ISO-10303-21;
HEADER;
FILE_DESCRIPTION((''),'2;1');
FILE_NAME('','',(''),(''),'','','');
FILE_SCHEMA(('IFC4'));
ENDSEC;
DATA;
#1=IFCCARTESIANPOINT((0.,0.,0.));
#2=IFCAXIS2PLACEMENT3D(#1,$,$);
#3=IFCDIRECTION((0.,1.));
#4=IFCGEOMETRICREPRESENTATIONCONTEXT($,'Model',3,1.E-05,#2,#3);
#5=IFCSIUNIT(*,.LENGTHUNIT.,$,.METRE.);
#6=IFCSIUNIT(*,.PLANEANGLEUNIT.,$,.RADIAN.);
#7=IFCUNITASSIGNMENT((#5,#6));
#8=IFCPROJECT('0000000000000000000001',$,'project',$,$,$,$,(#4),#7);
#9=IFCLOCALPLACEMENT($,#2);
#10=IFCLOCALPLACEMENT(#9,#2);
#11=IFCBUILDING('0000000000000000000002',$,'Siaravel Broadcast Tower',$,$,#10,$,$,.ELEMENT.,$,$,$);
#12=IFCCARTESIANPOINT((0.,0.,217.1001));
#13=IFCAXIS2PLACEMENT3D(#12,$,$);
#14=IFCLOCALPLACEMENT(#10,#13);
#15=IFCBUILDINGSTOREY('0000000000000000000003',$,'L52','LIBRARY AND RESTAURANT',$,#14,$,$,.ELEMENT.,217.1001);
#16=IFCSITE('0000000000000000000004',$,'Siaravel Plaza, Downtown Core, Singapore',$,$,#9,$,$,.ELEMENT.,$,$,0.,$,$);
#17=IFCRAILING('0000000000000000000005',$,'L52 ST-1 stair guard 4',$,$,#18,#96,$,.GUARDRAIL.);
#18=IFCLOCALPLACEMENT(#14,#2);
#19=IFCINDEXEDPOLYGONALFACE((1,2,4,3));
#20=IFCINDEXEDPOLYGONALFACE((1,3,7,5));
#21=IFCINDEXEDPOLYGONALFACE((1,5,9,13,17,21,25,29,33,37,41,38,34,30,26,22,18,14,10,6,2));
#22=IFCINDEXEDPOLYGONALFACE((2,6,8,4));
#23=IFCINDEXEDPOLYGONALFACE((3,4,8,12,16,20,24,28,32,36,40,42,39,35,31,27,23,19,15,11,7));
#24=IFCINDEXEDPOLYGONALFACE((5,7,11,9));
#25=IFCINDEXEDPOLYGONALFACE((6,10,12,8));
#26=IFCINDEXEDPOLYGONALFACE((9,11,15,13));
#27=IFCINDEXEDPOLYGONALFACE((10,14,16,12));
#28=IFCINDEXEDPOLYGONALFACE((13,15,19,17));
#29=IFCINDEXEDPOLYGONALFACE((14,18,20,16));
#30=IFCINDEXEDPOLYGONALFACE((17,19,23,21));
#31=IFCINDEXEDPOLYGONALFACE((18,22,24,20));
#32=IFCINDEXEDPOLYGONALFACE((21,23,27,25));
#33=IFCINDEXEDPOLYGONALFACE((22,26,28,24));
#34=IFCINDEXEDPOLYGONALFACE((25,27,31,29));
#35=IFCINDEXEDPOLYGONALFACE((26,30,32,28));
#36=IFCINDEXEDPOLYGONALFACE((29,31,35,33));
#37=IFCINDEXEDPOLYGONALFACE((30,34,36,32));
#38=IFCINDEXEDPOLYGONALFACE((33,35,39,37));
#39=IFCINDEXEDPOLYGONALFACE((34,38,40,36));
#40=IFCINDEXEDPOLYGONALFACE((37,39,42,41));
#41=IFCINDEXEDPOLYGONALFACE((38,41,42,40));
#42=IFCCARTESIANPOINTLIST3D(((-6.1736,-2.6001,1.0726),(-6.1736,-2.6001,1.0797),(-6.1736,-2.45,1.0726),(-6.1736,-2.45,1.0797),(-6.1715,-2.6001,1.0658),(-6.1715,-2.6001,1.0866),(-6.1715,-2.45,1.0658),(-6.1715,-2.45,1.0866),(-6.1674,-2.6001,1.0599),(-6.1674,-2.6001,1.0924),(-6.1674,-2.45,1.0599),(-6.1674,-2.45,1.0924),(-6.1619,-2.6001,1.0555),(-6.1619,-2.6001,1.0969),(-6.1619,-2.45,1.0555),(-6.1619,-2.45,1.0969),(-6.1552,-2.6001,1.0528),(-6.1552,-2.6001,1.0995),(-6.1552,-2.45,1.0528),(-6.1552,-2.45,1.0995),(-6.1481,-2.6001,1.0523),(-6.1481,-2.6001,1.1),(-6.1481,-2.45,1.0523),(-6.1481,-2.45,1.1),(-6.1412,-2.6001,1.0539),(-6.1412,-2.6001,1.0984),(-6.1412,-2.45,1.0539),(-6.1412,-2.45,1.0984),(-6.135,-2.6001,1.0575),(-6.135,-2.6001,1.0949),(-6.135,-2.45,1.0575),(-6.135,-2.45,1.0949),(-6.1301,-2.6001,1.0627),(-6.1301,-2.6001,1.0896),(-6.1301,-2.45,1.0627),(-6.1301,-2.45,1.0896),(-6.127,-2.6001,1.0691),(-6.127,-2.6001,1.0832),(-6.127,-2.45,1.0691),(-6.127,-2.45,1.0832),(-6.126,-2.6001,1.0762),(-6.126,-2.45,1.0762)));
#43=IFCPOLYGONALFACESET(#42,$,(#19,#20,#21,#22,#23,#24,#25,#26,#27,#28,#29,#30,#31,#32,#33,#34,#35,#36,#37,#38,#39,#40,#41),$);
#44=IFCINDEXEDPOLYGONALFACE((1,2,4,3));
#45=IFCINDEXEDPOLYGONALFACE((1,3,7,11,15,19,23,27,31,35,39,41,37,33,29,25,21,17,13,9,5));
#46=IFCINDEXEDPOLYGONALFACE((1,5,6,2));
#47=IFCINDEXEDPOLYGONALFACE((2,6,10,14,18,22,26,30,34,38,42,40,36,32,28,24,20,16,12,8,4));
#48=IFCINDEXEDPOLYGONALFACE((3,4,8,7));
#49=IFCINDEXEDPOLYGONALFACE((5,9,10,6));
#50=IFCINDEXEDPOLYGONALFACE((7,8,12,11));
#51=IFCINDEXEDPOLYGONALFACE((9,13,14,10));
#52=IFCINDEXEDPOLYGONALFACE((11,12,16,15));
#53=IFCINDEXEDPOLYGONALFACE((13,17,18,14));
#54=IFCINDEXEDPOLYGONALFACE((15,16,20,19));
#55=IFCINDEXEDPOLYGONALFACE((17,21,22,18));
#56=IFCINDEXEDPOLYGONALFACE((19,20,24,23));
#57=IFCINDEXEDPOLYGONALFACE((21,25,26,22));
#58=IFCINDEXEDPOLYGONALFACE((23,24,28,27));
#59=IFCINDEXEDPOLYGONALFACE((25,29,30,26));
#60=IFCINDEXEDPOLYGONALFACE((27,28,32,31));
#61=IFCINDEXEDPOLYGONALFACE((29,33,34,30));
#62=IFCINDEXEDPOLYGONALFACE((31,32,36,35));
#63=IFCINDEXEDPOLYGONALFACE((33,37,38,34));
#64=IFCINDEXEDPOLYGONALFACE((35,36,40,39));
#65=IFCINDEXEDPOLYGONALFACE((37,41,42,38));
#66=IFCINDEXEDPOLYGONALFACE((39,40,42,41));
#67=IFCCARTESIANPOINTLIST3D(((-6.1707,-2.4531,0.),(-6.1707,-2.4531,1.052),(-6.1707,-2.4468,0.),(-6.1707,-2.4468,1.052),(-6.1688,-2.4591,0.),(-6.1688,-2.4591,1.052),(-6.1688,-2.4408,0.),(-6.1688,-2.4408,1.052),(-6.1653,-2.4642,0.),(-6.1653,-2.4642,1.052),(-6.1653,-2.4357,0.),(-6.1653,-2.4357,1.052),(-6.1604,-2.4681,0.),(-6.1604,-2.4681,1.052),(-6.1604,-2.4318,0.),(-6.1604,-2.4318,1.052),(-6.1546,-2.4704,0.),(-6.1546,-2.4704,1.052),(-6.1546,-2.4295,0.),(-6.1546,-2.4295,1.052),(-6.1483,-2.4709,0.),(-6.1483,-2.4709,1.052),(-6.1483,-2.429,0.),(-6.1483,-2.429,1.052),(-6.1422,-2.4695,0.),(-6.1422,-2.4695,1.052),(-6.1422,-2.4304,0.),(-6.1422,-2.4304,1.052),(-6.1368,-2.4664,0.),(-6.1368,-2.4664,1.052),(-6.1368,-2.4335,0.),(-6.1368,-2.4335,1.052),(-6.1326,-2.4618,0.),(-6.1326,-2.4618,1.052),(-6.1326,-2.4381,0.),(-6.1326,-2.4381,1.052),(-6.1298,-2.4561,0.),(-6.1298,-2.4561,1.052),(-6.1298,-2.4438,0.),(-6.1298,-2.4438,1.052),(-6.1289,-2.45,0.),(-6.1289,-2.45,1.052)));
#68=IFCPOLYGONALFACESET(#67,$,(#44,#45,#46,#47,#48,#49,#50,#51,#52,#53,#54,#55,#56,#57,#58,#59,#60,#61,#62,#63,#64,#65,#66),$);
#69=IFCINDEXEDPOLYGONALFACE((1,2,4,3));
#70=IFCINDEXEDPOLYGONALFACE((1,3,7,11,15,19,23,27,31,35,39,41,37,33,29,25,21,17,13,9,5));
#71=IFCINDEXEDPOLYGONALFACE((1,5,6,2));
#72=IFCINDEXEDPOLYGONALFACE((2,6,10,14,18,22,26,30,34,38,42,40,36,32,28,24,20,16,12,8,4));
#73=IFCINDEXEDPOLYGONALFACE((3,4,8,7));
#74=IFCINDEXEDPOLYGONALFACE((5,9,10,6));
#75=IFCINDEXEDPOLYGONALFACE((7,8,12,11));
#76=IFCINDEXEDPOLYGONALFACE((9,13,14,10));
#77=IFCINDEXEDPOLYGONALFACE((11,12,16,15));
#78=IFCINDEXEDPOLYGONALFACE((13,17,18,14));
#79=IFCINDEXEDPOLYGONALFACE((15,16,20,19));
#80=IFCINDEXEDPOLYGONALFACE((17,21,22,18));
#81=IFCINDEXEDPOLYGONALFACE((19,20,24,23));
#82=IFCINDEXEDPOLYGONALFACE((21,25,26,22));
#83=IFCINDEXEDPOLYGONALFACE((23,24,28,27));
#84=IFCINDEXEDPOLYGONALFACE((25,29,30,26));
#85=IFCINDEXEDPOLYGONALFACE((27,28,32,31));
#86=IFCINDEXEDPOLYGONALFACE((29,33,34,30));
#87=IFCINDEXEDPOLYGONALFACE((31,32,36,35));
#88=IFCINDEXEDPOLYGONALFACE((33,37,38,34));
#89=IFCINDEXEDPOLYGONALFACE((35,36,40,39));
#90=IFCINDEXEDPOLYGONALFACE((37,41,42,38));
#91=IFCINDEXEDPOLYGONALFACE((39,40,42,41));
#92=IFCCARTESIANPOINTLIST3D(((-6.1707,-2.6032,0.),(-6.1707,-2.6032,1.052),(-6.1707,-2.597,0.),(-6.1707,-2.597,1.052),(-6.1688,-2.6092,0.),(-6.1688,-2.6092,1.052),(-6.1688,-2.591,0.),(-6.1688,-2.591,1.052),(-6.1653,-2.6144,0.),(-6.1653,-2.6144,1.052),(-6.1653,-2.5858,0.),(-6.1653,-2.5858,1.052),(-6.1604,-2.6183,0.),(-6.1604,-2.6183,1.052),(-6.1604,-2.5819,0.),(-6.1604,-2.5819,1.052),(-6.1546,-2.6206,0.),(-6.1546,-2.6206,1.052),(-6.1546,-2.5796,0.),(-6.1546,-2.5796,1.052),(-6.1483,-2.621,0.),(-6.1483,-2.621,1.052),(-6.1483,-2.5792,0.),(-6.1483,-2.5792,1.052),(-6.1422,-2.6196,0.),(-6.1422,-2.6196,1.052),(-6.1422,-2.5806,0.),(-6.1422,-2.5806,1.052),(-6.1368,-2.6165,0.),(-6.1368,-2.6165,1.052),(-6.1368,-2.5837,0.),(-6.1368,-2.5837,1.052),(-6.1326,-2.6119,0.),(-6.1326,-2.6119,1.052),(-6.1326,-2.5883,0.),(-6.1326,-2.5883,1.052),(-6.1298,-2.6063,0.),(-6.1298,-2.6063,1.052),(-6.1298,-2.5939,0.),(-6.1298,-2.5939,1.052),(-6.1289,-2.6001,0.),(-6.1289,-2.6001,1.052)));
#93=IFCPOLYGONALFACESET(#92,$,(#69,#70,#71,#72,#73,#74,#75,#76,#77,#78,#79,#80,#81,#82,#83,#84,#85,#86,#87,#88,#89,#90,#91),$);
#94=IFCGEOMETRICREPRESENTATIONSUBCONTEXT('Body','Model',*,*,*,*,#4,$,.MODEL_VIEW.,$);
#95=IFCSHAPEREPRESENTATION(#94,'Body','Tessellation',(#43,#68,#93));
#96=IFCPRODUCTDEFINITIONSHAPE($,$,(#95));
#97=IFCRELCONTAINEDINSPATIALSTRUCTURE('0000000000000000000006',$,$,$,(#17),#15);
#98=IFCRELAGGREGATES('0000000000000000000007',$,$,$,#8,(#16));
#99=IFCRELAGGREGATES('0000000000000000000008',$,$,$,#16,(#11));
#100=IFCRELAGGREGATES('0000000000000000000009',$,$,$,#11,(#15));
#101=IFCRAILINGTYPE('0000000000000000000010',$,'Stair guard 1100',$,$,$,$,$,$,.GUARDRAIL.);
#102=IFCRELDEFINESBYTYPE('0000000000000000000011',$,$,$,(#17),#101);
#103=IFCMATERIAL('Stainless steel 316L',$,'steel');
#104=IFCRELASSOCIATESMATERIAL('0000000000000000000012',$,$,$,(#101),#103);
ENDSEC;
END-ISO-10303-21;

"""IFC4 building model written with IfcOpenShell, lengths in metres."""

from ifc_helpers import new_model, si_unit, direction, frame, origin, origin_2d, place, context, subcontext, project, spatial, circle, extrude, material, type_object, element, save


model = new_model("IFC4")

# Units and contexts
model_context = context("Model", 3, precision=1e-05, world=origin(), true_north=direction((0.0, 1.0)))
body_context = subcontext(model_context, "Body", "Model", "MODEL_VIEW")
ifc_project = project(units=[si_unit("LENGTHUNIT", "METRE"), si_unit("PLANEANGLEUNIT", "RADIAN")], contexts=[model_context])

# Site, building, storey
site_placement = place(None, origin())
site = spatial("IfcSite", under=ifc_project, at=site_placement, Name="Siaravel Plaza, Downtown Core, Singapore", CompositionType="ELEMENT", RefElevation=0.0)
building_placement = place(site_placement, origin())
building = spatial("IfcBuilding", under=site, at=building_placement, Name="Siaravel Broadcast Tower", CompositionType="ELEMENT")
storey_placement = place(building_placement, frame((0.0, 0.0, 217.1001)))
storey = spatial("IfcBuildingStorey", under=building, at=storey_placement, Name="L52", Description="LIBRARY AND RESTAURANT", CompositionType="ELEMENT", Elevation=217.1001)

# Shared definitions
ifc_material_1 = material(Name="Stainless steel 316L", Category="steel")

# Railing
railing_type_1 = type_object("IfcRailingType", Name="Stair guard 1100", PredefinedType="GUARDRAIL", material=ifc_material_1)
railing_1_placement = place(storey_placement, frame((-6.1499, -2.45, 0.0)))
element("IfcRailing", 1, at=railing_1_placement, inside=storey, type_object=railing_type_1, Name="L52 ST-1 stair guard 4", PredefinedType="GUARDRAIL", context=body_context, shape_type="SweptSolid", body=[
    extrude(circle(Radius=0.0239, at=origin_2d()), frame((0.0, 0.0, 1.0762), z_axis=(0.0, -1.0, 0.0), x_axis=(1.0, 0.0, 0.0)), (0.0, 0.0, 1.0), 0.1501),
    extrude(circle(Radius=0.021, at=origin_2d()), origin(), (0.0, 0.0, 1.0), 1.052),
    extrude(circle(Radius=0.021, at=origin_2d()), frame((0.0, -0.1501, 0.0)), (0.0, 0.0, 1.0), 1.052),
])

save(model, "model.ifc")
